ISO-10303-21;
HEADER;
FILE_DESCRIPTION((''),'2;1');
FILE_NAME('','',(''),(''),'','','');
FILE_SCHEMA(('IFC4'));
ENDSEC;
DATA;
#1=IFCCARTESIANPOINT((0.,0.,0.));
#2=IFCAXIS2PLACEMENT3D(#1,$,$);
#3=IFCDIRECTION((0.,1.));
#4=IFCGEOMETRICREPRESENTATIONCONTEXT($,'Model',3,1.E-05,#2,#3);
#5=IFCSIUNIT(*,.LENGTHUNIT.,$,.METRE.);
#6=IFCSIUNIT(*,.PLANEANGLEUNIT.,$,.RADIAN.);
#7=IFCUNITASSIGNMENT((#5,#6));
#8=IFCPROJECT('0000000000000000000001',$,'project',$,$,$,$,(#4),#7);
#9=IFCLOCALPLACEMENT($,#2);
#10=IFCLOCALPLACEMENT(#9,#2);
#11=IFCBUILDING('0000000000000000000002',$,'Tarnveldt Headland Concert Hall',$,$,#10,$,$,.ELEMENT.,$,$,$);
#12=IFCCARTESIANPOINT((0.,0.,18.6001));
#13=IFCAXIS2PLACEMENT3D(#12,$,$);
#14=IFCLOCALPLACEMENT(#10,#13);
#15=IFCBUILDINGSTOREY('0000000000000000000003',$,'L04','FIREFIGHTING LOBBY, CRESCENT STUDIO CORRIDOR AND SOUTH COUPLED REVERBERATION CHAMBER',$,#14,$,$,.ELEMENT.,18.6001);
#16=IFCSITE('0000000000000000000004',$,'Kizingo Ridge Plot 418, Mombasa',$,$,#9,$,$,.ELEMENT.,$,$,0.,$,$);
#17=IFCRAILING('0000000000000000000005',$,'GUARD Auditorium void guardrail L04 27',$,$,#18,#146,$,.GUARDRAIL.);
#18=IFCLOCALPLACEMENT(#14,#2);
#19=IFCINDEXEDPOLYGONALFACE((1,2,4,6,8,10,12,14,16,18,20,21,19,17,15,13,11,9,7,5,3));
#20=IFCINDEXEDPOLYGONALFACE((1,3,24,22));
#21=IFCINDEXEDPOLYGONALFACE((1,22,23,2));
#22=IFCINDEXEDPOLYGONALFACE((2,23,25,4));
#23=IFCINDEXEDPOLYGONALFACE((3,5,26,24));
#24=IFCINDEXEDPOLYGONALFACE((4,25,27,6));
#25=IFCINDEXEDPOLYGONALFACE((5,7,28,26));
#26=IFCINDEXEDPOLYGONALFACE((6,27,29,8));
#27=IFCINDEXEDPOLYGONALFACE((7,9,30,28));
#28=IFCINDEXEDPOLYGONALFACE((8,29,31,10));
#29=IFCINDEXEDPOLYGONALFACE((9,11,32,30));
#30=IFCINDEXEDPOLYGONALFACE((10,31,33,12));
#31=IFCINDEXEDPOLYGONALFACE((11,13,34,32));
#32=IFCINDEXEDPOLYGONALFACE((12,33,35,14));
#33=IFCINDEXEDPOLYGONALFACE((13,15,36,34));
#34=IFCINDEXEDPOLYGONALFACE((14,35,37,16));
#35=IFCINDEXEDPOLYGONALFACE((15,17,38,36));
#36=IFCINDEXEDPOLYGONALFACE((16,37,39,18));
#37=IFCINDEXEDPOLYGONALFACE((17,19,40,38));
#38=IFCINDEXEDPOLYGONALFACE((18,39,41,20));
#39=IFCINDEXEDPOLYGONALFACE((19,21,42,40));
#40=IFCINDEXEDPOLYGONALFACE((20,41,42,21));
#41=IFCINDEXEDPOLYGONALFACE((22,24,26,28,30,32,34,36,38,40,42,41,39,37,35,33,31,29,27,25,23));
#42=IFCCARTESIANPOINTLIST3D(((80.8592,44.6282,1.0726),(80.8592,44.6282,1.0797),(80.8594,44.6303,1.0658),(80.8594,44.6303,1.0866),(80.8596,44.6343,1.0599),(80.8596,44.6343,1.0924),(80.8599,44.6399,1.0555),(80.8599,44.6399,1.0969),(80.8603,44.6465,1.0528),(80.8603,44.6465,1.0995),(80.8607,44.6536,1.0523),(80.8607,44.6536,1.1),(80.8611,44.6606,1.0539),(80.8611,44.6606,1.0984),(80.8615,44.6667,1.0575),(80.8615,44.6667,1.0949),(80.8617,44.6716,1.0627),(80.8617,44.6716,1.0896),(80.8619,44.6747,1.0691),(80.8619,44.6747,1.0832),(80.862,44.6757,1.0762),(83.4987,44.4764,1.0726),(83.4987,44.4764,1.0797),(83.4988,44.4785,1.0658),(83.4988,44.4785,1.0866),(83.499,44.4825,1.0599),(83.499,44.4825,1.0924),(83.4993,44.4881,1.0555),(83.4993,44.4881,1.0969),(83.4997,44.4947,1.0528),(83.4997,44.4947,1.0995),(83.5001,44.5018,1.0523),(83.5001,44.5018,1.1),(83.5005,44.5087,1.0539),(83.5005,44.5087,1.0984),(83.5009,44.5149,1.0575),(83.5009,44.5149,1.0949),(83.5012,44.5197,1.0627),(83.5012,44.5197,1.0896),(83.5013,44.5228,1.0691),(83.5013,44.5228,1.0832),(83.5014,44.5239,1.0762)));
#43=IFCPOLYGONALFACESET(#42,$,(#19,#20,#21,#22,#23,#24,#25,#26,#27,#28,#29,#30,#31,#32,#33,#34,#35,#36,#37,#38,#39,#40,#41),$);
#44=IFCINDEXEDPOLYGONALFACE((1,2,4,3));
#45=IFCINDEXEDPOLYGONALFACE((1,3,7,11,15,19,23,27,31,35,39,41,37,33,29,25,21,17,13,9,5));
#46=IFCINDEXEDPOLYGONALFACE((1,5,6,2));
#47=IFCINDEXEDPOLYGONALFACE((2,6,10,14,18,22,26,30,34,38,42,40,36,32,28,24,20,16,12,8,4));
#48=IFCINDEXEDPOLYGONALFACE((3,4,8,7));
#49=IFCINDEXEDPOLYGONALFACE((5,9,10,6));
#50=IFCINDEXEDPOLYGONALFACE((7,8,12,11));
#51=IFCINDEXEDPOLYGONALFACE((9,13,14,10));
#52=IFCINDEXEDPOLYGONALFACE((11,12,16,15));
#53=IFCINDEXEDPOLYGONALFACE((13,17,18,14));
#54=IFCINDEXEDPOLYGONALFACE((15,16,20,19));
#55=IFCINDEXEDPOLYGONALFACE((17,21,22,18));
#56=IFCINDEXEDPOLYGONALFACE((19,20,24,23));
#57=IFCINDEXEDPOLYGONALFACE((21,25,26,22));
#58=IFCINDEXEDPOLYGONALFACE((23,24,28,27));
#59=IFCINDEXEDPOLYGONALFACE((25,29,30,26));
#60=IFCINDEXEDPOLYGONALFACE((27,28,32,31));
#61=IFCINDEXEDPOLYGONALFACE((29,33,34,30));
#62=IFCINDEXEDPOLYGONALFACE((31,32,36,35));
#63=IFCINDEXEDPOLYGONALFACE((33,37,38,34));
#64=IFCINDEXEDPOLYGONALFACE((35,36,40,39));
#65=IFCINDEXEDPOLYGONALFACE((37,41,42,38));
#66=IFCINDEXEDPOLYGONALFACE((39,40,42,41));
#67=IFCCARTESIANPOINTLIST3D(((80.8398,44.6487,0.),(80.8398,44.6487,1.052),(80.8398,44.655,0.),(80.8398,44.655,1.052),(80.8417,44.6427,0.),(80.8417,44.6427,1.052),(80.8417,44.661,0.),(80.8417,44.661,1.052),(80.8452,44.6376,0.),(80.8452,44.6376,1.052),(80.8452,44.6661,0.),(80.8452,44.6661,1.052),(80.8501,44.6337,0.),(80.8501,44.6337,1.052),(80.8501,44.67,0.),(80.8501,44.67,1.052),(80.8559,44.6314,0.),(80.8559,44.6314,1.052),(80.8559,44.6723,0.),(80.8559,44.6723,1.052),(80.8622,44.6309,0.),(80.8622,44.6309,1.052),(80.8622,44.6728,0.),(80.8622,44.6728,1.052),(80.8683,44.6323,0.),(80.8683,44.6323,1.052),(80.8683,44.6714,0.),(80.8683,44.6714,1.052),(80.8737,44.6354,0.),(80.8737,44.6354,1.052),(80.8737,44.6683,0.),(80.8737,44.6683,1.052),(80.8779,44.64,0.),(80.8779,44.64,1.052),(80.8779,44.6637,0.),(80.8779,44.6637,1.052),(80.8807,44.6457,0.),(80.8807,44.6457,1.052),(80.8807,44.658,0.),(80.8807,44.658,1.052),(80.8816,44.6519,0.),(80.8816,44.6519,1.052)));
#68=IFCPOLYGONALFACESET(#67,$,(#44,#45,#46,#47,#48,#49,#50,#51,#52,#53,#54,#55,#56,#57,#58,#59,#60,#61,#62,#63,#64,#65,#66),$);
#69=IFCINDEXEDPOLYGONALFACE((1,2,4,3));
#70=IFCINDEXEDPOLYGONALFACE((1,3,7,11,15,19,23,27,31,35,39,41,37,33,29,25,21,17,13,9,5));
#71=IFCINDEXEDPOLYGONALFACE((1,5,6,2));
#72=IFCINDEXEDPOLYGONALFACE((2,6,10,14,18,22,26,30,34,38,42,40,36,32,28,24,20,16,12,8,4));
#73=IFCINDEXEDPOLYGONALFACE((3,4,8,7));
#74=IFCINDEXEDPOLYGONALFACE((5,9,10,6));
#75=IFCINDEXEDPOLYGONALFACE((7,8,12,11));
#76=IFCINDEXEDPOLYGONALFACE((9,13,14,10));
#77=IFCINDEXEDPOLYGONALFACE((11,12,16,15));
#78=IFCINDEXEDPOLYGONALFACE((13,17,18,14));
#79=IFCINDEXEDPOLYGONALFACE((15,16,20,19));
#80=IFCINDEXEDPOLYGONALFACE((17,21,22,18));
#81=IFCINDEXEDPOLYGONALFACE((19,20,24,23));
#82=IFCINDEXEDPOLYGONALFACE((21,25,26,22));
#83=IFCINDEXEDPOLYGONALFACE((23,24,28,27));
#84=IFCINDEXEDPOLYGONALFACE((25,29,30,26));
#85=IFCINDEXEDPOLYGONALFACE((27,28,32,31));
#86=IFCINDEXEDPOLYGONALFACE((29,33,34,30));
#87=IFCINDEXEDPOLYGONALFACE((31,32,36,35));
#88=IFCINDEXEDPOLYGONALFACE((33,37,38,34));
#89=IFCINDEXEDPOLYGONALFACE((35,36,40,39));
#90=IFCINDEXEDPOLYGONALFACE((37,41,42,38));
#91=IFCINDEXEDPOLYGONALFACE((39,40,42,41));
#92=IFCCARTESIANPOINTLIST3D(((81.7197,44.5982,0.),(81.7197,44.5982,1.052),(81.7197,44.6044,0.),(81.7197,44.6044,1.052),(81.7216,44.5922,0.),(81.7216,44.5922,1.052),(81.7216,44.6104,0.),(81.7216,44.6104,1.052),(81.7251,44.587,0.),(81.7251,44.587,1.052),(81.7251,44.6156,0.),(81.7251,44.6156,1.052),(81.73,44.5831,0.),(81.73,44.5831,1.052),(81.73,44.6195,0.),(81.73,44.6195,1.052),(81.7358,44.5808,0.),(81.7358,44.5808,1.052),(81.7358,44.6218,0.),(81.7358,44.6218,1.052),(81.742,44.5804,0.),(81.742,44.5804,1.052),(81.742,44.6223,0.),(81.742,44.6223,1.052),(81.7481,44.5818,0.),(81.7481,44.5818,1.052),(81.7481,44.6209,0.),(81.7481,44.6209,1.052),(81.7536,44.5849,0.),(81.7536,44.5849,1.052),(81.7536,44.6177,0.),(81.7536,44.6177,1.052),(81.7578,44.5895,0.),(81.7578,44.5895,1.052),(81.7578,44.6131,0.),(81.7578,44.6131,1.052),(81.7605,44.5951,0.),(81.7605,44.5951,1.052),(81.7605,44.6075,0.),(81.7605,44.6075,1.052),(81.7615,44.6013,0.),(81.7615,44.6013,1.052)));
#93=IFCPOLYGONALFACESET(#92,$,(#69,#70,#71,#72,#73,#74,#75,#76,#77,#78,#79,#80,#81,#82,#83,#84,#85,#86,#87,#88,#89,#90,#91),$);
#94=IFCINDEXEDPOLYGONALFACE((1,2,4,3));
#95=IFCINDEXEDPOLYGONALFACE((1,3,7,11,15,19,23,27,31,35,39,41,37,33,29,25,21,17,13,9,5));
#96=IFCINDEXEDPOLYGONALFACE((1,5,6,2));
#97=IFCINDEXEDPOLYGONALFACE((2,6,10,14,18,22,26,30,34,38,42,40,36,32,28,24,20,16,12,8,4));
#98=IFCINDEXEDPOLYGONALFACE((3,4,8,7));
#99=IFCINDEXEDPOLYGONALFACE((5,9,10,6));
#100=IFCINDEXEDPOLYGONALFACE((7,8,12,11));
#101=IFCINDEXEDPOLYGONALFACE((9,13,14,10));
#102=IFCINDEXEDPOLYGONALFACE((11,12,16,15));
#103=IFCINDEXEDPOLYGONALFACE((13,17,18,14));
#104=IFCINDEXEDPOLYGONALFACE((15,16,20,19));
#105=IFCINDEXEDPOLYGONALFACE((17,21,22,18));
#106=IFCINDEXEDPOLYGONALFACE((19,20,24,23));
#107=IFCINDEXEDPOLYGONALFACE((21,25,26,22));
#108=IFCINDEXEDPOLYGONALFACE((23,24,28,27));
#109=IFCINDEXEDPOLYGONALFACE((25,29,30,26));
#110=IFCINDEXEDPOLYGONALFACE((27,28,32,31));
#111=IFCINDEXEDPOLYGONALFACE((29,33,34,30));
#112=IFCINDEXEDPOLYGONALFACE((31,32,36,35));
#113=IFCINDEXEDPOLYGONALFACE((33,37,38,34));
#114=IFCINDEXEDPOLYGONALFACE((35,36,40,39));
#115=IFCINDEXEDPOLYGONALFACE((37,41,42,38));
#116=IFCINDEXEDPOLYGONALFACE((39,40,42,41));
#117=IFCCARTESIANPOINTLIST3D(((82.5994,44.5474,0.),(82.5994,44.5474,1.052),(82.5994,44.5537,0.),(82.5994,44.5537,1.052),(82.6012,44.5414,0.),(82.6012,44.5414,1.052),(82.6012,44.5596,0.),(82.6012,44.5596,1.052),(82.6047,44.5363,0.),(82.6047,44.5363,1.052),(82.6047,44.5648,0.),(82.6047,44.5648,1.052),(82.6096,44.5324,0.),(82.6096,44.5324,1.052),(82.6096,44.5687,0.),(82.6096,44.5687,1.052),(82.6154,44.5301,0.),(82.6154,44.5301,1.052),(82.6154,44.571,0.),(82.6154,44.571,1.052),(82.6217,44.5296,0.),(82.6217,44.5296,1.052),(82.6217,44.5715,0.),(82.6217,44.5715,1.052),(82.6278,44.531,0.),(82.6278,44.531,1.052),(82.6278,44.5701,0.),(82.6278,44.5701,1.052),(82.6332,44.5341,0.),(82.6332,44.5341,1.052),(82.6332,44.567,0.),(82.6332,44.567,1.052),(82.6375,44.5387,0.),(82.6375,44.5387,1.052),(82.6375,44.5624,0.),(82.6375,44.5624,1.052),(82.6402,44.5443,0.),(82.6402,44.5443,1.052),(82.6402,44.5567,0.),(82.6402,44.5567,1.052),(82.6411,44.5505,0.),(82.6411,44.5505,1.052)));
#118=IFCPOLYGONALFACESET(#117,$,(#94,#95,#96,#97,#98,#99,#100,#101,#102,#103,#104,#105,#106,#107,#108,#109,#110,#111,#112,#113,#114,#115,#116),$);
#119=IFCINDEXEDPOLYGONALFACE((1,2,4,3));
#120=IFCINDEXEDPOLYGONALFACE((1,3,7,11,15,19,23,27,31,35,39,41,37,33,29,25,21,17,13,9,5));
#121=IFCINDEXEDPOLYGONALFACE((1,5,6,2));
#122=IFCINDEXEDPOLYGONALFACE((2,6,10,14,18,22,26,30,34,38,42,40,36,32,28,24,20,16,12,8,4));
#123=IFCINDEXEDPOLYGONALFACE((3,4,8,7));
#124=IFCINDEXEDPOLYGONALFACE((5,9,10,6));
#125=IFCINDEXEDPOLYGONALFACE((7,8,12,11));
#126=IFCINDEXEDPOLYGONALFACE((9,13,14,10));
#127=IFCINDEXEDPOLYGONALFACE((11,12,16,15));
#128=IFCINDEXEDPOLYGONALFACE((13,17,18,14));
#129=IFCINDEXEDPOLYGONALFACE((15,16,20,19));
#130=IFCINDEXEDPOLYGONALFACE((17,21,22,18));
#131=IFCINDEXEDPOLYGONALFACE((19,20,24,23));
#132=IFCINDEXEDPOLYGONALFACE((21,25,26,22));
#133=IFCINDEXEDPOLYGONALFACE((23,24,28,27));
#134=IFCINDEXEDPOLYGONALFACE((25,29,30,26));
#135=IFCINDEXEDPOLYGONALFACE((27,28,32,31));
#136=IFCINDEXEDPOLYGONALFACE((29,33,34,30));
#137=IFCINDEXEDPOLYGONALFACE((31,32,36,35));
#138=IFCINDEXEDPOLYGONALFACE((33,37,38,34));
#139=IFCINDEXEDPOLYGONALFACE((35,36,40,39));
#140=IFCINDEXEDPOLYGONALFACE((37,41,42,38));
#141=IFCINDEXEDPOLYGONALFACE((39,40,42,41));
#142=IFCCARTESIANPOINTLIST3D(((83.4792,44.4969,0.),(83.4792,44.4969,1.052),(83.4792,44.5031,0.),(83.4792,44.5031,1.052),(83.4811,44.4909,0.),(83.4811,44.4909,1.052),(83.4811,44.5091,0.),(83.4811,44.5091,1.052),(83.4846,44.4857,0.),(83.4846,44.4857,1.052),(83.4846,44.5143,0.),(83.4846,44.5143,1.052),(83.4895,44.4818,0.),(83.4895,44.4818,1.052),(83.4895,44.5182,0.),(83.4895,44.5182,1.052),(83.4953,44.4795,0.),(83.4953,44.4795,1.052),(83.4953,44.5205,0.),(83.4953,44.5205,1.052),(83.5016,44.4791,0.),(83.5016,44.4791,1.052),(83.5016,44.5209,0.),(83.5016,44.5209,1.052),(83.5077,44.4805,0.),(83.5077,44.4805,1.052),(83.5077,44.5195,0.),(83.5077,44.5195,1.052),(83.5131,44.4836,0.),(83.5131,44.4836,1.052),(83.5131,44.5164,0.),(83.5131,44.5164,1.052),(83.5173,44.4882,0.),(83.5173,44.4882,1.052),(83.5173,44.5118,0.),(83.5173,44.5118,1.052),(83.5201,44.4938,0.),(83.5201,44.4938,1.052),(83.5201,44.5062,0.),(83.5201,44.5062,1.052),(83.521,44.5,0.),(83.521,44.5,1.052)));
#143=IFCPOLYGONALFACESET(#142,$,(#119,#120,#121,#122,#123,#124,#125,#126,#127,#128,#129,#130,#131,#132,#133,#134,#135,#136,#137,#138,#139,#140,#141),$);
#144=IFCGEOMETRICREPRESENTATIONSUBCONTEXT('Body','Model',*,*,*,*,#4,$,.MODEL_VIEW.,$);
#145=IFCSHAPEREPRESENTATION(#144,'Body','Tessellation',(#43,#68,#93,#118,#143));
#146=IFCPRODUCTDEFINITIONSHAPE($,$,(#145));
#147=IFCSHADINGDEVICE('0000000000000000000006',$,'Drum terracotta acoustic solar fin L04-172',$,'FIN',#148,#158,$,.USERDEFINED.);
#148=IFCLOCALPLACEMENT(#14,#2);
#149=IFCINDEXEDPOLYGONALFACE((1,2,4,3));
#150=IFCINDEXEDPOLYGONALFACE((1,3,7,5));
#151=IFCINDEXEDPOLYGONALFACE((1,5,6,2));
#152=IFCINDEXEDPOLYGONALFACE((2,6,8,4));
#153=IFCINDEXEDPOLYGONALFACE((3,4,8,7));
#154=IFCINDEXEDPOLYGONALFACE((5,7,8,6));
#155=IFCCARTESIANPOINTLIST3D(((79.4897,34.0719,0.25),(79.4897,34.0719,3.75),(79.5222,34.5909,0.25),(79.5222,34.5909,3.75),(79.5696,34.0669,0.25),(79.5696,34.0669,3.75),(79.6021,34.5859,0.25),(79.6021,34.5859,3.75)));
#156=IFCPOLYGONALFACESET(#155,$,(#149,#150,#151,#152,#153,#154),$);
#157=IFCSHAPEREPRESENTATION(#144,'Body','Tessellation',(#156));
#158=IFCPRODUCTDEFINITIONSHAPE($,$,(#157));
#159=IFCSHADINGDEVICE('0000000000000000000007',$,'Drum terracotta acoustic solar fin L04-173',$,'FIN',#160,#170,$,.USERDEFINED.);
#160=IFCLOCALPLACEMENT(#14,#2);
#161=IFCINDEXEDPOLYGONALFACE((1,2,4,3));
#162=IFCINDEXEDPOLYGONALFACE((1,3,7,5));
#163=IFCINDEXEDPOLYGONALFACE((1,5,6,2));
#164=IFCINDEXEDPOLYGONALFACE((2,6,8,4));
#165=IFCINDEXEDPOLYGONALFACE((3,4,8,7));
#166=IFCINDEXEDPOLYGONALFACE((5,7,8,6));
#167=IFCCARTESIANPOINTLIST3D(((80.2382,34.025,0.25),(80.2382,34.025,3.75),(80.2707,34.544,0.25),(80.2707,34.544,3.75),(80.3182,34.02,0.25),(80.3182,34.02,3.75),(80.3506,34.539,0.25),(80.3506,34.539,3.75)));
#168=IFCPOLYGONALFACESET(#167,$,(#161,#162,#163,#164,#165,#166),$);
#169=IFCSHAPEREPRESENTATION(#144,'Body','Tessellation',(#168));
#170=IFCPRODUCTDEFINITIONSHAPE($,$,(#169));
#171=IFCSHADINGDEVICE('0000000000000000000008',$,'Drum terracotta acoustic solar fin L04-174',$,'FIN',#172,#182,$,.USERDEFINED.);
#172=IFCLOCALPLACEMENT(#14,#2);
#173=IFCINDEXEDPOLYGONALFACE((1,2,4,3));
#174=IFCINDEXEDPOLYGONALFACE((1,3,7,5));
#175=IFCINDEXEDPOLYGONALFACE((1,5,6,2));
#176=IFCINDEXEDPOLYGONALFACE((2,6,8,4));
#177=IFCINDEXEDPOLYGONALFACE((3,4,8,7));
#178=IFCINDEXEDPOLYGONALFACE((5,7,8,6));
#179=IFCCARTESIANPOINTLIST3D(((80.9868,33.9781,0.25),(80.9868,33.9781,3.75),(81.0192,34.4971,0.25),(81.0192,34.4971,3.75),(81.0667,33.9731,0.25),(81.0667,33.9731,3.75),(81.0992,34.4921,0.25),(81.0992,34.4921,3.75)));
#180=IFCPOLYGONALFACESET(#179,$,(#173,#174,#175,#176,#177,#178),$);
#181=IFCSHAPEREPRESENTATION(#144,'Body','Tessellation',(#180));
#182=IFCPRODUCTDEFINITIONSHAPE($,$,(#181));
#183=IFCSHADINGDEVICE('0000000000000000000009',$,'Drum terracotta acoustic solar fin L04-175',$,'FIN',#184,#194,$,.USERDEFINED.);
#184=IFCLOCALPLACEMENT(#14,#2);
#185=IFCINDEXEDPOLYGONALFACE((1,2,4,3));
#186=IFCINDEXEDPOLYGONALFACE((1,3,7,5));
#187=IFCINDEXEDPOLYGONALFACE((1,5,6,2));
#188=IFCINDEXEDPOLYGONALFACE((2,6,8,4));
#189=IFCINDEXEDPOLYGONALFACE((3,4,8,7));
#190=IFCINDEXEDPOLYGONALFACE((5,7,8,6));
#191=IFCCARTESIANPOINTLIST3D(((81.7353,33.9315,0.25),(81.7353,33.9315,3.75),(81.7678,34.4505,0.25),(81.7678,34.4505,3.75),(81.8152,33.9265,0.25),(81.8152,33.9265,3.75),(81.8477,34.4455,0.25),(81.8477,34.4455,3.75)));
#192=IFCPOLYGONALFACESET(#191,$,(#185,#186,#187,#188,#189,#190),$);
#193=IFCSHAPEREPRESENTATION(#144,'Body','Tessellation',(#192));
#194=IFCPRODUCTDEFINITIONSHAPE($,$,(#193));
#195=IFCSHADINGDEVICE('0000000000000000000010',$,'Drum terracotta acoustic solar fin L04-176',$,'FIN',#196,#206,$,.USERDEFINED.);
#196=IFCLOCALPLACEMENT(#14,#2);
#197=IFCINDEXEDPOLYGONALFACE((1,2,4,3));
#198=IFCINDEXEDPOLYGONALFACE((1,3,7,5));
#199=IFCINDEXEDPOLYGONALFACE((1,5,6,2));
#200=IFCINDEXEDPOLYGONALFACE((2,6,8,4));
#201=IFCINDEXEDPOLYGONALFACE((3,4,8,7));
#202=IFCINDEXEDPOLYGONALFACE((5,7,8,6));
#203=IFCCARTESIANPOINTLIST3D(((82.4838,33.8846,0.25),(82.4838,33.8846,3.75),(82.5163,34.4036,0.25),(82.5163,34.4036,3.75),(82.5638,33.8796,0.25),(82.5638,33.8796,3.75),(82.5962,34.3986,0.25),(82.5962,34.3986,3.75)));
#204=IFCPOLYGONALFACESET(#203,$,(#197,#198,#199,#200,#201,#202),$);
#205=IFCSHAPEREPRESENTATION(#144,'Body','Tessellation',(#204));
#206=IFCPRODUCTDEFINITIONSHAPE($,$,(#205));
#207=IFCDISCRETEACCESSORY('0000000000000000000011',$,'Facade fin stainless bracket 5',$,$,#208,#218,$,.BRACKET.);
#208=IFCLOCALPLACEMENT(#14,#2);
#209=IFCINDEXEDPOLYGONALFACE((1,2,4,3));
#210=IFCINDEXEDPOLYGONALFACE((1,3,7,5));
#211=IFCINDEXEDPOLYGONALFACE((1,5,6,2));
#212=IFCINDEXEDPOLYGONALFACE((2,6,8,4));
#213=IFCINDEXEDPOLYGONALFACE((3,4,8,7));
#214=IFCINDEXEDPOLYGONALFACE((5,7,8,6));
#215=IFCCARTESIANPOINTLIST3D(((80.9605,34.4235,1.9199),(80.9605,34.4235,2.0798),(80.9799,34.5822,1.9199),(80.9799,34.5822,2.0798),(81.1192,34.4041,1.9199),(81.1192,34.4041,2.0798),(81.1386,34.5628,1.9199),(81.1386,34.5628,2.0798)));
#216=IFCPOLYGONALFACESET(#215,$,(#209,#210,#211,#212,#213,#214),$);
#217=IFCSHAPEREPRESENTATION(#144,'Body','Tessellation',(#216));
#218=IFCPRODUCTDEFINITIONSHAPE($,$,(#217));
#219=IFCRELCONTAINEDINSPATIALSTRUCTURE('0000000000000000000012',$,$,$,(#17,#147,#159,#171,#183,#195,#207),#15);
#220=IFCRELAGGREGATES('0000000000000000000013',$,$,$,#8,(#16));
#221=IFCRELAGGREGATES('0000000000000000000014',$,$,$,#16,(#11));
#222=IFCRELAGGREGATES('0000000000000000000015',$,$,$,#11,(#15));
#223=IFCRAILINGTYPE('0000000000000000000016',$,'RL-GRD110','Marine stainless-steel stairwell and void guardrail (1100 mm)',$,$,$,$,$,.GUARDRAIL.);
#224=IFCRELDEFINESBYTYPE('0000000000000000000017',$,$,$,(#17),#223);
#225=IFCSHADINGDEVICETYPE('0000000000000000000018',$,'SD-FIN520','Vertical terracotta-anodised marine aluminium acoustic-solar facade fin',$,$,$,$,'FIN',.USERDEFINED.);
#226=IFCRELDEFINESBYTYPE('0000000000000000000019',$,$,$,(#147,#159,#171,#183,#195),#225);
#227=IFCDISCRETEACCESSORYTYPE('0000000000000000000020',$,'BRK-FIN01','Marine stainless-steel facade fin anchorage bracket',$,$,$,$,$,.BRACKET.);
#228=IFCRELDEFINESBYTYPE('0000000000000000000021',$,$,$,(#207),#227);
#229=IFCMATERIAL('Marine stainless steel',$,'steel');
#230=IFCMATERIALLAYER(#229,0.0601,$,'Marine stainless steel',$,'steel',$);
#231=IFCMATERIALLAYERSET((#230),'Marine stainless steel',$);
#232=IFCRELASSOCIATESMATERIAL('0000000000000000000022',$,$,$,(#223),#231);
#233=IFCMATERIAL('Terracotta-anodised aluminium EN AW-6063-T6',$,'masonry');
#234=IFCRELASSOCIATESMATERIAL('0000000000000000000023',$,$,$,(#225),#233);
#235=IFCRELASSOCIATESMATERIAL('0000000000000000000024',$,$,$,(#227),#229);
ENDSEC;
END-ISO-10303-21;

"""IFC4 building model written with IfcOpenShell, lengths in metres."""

from ifc_helpers import new_model, si_unit, direction, frame, origin, origin_2d, place, context, subcontext, project, spatial, rectangle, circle, extrude, material, layer, layer_set, type_object, element, save


model = new_model("IFC4")

# Units and contexts
model_context = context("Model", 3, precision=1e-05, world=origin(), true_north=direction((0.0, 1.0)))
body_context = subcontext(model_context, "Body", "Model", "MODEL_VIEW")
ifc_project = project(units=[si_unit("LENGTHUNIT", "METRE"), si_unit("PLANEANGLEUNIT", "RADIAN")], contexts=[model_context])

# Site, building, storey
site_placement = place(None, origin())
site = spatial("IfcSite", under=ifc_project, at=site_placement, Name="Kizingo Ridge Plot 418, Mombasa", CompositionType="ELEMENT", RefElevation=0.0)
building_placement = place(site_placement, origin())
building = spatial("IfcBuilding", under=site, at=building_placement, Name="Tarnveldt Headland Concert Hall", CompositionType="ELEMENT")
storey_placement = place(building_placement, frame((0.0, 0.0, 18.6001)))
storey = spatial("IfcBuildingStorey", under=building, at=storey_placement, Name="L04", Description="FIREFIGHTING LOBBY, CRESCENT STUDIO CORRIDOR AND SOUTH COUPLED REVERBERATION CHAMBER", CompositionType="ELEMENT", Elevation=18.6001)

# Railing
ifc_material_1 = material(Name="Marine stainless steel", Category="steel")
ifc_layer_1 = layer(ifc_material_1, 0.0601, Name="Marine stainless steel", Category="steel")
ifc_layer_set_1 = layer_set([ifc_layer_1], Name="Marine stainless steel")
railing_type = type_object("IfcRailingType", Name="RL-GRD110", Description="Marine stainless-steel stairwell and void guardrail (1100 mm)", PredefinedType="GUARDRAIL", material=ifc_layer_set_1)
railing_1_placement = place(storey_placement, frame((80.8606, 44.6519, 0.0)))
element("IfcRailing", 1, at=railing_1_placement, inside=storey, type_object=railing_type, Name="GUARD Auditorium void guardrail L04 27", PredefinedType="GUARDRAIL", context=body_context, shape_type="SweptSolid", body=[
    extrude(circle(Radius=0.0239, at=origin_2d()), frame((0.0, 0.0, 1.0762), z_axis=(0.998349, -0.057439, 0.0), x_axis=(0.057439, 0.998349, 0.0)), (0.0, 0.0, 1.0), 2.6438),
    extrude(circle(Radius=0.021, at=origin_2d()), origin(), (0.0, 0.0, 1.0), 1.052),
    extrude(circle(Radius=0.021, at=origin_2d()), frame((0.8799, -0.0505, 0.0)), (0.0, 0.0, 1.0), 1.052),
    extrude(circle(Radius=0.021, at=origin_2d()), frame((1.7595, -0.1013, 0.0)), (0.0, 0.0, 1.0), 1.052),
    extrude(circle(Radius=0.021, at=origin_2d()), frame((2.6394, -0.1519, 0.0)), (0.0, 0.0, 1.0), 1.052),
])

# Shading devices
ifc_material_2 = material(Name="Terracotta-anodised aluminium EN AW-6063-T6", Category="masonry")
shading_device_type = type_object("IfcShadingDeviceType", Name="SD-FIN520", Description="Vertical terracotta-anodised marine aluminium acoustic-solar facade fin", ElementType="FIN", PredefinedType="USERDEFINED", material=ifc_material_2)
for number, where, z_axis, x_axis, name in (
    (2, (79.5459, 34.3289, 0.25), (0.0, 0.0, 1.0), (-0.062442, -0.998049, 0.0), "Drum terracotta acoustic solar fin L04-172"),
    (3, (80.2944, 34.282, 0.25), (0.0, 0.0, 1.0), (-0.062442, -0.998049, 0.0), "Drum terracotta acoustic solar fin L04-173"),
    (4, (81.043, 34.2351, 0.25), (0.0, 0.0, 1.0), (-0.062442, -0.998049, 0.0), "Drum terracotta acoustic solar fin L04-174"),
    (5, (81.7915, 34.1885, 0.25), (0.0, 0.0, 1.0), (-0.062442, -0.998049, 0.0), "Drum terracotta acoustic solar fin L04-175"),
    (6, (82.54, 34.1416, 0.25), (0.0, 0.0, 1.0), (-0.062442, -0.998049, 0.0), "Drum terracotta acoustic solar fin L04-176"),
):
    element("IfcShadingDevice", number, at=place(storey_placement, frame(where, z_axis=z_axis, x_axis=x_axis)), inside=storey, type_object=shading_device_type, Name=name, ObjectType="FIN", PredefinedType="USERDEFINED", context=body_context, shape_type="SweptSolid", body=[
        extrude(rectangle(XDim=0.52, YDim=0.0801, at=origin_2d()), origin(), (0.0, 0.0, 1.0), 3.5),
    ])

# Discrete accessory
discrete_accessory_type_1 = type_object("IfcDiscreteAccessoryType", Name="BRK-FIN01", Description="Marine stainless-steel facade fin anchorage bracket", PredefinedType="BRACKET", material=ifc_material_1)
discrete_accessory_1_placement = place(storey_placement, frame((81.0496, 34.4932, 1.9199), z_axis=(0.0, 0.0, 1.0), x_axis=(-0.121523, -0.992589, 0.0)))
element("IfcDiscreteAccessory", 7, at=discrete_accessory_1_placement, inside=storey, type_object=discrete_accessory_type_1, Name="Facade fin stainless bracket 5", PredefinedType="BRACKET", context=body_context, shape_type="SweptSolid", body=[
    extrude(rectangle(XDim=0.1599, YDim=0.1599, at=origin_2d()), origin(), (0.0, 0.0, 1.0), 0.1599),
])

save(model, "model.ifc")
